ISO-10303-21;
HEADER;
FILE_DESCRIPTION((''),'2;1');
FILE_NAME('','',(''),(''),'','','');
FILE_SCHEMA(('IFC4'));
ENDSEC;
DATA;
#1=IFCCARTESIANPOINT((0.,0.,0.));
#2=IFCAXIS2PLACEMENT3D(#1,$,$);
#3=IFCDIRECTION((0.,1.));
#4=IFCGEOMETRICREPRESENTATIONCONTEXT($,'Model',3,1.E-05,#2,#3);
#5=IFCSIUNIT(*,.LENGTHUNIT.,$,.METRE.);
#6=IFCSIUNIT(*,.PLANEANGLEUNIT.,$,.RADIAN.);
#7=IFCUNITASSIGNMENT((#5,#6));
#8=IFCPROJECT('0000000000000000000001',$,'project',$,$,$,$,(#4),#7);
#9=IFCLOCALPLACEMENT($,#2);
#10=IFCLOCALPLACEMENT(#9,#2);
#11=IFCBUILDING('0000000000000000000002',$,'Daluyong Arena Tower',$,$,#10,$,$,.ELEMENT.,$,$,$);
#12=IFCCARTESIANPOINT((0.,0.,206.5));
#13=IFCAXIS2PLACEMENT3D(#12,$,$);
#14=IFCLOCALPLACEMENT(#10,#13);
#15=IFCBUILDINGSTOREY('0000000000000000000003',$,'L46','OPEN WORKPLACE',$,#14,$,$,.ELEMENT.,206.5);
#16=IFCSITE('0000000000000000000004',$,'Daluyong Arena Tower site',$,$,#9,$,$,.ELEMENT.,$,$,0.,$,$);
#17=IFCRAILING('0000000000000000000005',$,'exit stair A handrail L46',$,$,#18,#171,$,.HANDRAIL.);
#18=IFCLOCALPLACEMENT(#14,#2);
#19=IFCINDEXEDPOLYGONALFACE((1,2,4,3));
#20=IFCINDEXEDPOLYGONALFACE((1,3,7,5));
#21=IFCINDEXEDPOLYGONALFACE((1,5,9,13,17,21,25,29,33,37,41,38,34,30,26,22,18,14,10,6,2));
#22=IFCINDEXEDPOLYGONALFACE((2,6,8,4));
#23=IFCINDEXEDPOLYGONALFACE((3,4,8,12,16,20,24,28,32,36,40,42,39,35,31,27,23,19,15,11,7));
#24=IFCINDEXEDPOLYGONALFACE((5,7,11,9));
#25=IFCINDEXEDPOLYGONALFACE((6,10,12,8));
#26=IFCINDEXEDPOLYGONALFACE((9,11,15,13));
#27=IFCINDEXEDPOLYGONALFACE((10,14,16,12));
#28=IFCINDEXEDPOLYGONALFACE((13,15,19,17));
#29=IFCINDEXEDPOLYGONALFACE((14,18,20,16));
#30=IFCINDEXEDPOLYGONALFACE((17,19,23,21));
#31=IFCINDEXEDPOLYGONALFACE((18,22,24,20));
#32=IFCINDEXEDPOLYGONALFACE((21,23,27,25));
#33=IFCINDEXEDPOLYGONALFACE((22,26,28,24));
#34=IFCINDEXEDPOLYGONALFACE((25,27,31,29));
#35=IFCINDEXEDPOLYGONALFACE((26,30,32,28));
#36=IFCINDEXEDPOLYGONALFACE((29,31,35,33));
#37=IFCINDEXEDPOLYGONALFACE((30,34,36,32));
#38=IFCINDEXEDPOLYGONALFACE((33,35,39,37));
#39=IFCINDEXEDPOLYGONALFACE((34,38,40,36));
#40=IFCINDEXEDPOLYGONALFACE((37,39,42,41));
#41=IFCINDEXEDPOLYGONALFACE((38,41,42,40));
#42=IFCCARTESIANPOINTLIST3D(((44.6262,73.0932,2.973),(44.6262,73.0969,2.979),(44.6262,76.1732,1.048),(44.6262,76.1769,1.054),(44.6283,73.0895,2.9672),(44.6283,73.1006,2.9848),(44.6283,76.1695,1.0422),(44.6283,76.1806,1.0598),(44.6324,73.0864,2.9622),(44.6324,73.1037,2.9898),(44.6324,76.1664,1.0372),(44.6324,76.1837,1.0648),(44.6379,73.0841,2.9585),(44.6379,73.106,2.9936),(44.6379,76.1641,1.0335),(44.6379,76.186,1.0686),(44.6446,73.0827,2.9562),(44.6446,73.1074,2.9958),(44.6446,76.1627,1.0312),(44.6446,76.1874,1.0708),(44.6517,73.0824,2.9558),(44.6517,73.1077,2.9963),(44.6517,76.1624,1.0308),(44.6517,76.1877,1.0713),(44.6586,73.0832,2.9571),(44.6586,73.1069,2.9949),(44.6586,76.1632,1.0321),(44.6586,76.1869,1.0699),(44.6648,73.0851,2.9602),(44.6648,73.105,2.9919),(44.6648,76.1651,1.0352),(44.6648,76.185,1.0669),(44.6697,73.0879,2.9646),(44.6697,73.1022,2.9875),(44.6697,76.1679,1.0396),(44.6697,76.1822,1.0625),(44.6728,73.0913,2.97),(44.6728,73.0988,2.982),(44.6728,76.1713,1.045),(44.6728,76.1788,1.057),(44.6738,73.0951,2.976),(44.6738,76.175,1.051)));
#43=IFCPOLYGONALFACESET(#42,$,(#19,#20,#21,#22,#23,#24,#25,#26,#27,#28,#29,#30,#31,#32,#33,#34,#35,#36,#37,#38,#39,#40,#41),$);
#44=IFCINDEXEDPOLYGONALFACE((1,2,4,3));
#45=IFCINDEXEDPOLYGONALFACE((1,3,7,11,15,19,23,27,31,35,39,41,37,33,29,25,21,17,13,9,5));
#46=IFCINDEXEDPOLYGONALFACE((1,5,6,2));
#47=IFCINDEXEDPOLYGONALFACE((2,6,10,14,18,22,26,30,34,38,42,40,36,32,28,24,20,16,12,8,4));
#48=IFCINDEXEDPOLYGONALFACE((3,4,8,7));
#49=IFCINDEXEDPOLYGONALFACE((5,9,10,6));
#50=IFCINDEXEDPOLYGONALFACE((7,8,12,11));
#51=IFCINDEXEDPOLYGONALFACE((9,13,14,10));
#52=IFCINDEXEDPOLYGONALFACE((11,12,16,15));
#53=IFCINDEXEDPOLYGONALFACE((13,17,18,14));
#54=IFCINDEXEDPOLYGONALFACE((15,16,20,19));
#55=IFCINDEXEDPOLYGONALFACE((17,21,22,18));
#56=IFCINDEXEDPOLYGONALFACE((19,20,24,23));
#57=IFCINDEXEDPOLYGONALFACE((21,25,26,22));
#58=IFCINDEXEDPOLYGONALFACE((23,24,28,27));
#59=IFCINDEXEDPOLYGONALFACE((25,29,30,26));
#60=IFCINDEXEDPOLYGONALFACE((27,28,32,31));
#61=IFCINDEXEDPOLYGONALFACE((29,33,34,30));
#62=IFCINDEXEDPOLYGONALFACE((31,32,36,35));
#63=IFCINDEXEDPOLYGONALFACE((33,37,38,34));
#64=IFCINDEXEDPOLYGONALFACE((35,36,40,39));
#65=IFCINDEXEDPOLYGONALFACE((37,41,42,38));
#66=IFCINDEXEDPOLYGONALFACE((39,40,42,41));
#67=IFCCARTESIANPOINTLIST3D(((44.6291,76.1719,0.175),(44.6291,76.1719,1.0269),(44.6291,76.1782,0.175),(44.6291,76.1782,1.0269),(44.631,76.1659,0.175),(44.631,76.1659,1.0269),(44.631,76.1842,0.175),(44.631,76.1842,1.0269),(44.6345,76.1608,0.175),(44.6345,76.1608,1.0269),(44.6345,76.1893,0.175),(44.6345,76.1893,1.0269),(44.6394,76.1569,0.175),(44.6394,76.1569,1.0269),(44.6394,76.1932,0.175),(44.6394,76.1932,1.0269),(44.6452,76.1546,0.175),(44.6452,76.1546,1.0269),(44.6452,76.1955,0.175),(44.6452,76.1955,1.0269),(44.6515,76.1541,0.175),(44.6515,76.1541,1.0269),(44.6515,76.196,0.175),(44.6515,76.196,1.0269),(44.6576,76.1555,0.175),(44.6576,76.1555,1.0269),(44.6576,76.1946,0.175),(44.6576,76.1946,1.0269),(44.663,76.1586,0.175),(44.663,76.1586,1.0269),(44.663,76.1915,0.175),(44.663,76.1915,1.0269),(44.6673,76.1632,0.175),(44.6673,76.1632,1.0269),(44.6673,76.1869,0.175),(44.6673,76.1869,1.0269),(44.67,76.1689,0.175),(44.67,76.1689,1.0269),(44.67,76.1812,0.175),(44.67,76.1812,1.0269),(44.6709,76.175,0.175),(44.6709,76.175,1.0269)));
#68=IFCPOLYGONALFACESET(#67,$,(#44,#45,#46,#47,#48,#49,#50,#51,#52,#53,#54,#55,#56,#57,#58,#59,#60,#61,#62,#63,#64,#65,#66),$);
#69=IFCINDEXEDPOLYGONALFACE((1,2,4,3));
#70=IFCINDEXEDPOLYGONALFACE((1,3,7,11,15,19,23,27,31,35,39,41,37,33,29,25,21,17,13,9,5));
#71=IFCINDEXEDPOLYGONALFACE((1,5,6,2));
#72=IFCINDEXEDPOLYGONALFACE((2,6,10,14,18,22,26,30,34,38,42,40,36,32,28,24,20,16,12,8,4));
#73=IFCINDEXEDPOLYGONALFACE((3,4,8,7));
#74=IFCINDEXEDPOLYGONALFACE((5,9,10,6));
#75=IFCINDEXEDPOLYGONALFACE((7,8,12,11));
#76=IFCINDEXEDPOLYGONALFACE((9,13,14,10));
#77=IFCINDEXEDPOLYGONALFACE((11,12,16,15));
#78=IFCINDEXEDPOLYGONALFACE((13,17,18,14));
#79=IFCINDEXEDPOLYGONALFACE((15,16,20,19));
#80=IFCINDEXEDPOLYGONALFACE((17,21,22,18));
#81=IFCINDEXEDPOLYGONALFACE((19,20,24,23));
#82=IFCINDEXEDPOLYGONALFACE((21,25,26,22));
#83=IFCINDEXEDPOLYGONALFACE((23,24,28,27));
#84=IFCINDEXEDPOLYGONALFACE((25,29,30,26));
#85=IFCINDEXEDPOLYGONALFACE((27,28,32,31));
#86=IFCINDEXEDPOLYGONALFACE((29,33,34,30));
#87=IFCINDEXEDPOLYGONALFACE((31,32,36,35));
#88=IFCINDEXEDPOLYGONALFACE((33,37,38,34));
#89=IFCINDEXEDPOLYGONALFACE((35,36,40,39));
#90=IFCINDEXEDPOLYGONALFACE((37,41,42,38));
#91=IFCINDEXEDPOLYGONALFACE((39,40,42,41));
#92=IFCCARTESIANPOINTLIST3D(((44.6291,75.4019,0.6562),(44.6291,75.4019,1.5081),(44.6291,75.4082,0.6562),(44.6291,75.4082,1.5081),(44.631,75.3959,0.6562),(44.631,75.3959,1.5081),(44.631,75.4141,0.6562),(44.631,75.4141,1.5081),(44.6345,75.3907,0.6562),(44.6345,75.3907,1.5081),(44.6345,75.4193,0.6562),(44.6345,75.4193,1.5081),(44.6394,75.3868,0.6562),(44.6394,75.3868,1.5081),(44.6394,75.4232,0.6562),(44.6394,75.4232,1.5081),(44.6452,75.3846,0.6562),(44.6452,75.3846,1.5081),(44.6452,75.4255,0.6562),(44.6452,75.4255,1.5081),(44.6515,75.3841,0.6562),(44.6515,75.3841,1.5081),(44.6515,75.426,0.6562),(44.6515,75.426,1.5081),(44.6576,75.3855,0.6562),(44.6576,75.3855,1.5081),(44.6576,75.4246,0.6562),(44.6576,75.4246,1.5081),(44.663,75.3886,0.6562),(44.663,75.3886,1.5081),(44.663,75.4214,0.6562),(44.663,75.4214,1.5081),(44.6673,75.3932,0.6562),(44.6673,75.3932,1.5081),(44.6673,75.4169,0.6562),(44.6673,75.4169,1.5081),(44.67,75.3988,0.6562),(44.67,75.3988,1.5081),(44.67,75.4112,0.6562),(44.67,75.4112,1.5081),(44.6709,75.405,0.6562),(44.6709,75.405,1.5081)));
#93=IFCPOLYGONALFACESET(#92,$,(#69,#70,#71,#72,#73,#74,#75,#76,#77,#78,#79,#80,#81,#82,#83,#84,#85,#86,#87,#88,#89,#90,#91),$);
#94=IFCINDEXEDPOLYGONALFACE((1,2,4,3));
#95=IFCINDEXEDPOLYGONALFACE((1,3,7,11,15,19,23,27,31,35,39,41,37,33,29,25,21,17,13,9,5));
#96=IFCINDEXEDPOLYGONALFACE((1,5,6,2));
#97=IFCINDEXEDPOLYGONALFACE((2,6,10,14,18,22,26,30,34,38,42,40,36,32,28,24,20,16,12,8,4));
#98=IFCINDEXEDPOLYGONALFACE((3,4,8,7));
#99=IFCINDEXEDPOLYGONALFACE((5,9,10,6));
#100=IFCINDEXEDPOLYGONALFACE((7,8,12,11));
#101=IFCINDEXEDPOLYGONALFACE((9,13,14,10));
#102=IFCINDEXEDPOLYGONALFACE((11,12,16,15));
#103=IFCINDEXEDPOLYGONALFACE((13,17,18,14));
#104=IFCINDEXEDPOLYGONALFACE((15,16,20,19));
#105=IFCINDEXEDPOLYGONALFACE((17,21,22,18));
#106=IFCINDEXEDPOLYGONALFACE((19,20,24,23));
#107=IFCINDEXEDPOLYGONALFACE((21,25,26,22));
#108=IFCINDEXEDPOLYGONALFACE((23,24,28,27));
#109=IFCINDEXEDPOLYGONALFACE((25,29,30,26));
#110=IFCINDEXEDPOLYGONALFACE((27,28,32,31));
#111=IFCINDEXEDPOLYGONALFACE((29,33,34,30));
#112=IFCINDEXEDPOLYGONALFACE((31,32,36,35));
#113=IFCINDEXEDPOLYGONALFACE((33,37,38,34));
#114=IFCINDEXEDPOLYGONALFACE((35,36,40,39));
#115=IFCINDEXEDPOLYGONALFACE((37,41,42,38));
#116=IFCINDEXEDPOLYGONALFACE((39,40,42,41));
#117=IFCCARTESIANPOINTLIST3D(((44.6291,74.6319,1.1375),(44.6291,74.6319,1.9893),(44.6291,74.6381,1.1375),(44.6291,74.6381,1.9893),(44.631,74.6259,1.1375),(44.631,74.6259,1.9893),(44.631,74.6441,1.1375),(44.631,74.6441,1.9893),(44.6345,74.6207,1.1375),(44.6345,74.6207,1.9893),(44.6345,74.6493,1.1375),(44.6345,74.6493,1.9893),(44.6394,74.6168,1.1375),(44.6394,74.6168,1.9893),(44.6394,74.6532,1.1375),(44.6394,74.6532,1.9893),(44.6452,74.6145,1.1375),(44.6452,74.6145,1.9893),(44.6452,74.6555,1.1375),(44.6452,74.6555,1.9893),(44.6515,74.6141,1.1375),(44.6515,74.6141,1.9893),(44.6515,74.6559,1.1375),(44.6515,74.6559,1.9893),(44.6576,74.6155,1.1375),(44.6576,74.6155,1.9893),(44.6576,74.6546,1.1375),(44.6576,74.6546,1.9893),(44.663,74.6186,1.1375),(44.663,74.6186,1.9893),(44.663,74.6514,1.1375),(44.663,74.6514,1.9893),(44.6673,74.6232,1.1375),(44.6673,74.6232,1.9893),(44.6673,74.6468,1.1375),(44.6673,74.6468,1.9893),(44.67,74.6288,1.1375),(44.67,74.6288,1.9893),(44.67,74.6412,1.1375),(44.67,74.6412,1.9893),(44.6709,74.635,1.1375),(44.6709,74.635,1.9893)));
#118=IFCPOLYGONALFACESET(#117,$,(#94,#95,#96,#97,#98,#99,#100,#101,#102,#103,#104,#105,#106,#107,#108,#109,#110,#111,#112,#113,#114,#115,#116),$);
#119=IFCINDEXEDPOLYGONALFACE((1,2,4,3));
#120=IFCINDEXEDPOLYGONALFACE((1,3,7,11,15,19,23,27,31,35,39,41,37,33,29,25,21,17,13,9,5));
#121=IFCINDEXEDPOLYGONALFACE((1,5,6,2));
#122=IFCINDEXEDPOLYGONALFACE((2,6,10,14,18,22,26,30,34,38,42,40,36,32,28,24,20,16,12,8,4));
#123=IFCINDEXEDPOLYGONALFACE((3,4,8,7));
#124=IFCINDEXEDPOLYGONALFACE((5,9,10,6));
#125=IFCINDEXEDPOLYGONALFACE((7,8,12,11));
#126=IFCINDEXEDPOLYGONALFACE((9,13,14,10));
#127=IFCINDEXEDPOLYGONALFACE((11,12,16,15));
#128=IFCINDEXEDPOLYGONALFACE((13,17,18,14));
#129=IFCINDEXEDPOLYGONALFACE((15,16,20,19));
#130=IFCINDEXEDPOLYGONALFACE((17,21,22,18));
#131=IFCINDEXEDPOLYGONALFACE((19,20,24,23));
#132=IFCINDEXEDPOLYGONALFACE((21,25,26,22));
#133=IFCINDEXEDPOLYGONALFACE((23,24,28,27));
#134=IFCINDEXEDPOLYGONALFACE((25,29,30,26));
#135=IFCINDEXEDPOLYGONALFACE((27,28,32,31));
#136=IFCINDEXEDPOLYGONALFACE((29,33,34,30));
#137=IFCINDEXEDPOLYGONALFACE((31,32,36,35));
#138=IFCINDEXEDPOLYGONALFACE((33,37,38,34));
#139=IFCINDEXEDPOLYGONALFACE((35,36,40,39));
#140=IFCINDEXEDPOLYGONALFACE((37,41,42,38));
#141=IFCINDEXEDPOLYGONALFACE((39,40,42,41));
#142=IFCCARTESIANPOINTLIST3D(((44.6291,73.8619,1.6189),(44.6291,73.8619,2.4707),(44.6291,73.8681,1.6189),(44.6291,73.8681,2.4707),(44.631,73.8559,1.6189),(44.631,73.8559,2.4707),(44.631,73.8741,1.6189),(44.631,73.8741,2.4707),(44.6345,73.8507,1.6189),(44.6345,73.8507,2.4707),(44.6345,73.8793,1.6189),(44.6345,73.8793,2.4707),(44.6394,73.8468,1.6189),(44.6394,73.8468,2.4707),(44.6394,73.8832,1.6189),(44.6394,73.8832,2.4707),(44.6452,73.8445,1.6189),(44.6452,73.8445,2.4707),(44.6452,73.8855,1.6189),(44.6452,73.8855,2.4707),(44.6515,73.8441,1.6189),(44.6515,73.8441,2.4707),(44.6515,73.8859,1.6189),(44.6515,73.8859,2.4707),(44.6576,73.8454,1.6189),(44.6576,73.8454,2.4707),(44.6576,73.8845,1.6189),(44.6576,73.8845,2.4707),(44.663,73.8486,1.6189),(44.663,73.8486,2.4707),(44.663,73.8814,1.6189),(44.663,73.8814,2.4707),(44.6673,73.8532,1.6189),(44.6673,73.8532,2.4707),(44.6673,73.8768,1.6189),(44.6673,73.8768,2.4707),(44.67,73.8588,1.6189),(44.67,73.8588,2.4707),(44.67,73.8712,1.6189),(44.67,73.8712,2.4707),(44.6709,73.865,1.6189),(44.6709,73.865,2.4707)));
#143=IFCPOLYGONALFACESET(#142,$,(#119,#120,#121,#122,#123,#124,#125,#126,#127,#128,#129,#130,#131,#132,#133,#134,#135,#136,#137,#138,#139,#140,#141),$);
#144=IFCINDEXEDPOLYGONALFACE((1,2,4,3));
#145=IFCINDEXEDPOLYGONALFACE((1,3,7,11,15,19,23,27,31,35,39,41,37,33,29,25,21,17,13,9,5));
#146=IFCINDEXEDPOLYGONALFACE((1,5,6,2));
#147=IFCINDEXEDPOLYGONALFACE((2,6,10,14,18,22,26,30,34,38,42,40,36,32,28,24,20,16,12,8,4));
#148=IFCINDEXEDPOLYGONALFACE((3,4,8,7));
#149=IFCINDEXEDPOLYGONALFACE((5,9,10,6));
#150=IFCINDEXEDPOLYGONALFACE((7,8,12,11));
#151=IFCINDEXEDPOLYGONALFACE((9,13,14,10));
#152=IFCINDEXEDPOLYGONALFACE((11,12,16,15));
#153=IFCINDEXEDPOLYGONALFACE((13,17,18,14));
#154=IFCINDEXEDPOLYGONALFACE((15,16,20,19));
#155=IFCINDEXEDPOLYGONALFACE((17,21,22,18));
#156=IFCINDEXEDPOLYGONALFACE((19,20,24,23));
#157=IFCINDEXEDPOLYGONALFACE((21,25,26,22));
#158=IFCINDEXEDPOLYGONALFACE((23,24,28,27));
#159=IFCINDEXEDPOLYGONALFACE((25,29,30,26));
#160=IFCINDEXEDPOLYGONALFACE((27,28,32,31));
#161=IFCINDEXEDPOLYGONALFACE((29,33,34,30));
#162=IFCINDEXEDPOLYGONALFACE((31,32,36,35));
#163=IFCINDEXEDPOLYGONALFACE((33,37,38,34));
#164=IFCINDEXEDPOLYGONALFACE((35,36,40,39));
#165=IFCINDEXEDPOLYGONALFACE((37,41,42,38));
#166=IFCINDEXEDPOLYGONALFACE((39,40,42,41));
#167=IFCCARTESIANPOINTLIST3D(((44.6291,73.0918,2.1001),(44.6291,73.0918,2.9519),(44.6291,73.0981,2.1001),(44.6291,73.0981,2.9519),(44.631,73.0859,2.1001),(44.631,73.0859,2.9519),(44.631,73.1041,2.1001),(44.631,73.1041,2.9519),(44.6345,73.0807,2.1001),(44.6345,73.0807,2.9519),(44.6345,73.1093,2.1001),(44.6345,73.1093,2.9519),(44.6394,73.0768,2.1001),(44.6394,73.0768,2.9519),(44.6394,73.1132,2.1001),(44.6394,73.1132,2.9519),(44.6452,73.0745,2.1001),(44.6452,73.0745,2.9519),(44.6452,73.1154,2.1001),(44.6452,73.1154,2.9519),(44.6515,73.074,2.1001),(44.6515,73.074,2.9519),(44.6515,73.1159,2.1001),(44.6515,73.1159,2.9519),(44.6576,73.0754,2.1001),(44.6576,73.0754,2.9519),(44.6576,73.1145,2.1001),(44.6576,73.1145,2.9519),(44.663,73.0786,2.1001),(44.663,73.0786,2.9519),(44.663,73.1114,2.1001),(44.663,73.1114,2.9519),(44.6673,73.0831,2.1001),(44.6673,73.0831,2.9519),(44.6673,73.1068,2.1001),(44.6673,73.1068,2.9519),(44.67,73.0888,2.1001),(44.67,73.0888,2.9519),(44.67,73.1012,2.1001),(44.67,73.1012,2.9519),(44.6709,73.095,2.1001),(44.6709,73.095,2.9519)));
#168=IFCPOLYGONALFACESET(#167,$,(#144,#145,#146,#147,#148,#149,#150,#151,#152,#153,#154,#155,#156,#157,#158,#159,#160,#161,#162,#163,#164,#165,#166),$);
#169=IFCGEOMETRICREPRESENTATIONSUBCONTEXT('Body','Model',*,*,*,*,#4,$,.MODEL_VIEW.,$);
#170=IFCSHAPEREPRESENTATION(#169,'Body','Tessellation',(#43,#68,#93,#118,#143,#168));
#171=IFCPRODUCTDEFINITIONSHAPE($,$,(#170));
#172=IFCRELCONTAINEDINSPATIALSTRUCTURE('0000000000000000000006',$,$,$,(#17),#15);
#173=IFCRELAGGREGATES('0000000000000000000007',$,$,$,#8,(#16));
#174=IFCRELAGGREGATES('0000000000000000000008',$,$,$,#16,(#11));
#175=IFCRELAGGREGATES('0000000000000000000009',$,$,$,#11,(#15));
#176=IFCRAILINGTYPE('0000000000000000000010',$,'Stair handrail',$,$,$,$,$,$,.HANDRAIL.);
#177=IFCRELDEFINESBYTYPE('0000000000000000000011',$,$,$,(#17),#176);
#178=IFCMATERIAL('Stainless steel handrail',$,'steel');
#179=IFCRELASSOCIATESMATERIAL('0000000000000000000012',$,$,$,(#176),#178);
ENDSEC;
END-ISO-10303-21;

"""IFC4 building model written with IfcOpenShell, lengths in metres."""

from ifc_helpers import new_model, si_unit, direction, frame, origin, origin_2d, place, context, subcontext, project, spatial, circle, extrude, material, type_object, element, save


model = new_model("IFC4")

# Units and contexts
model_context = context("Model", 3, precision=1e-05, world=origin(), true_north=direction((0.0, 1.0)))
body_context = subcontext(model_context, "Body", "Model", "MODEL_VIEW")
ifc_project = project(units=[si_unit("LENGTHUNIT", "METRE"), si_unit("PLANEANGLEUNIT", "RADIAN")], contexts=[model_context])

# Site, building, storey
site_placement = place(None, origin())
site = spatial("IfcSite", under=ifc_project, at=site_placement, Name="Daluyong Arena Tower site", CompositionType="ELEMENT", RefElevation=0.0)
building_placement = place(site_placement, origin())
building = spatial("IfcBuilding", under=site, at=building_placement, Name="Daluyong Arena Tower", CompositionType="ELEMENT")
storey_placement = place(building_placement, frame((0.0, 0.0, 206.5)))
storey = spatial("IfcBuildingStorey", under=building, at=storey_placement, Name="L46", Description="OPEN WORKPLACE", CompositionType="ELEMENT", Elevation=206.5)

# Railing
ifc_material_1 = material(Name="Stainless steel handrail", Category="steel")
railing_type_1 = type_object("IfcRailingType", Name="Stair handrail", PredefinedType="HANDRAIL", material=ifc_material_1)
railing_1_placement = place(storey_placement, frame((44.6499, 76.175, 0.175)))
element("IfcRailing", 1, at=railing_1_placement, inside=storey, type_object=railing_type_1, Name="exit stair A handrail L46", PredefinedType="HANDRAIL", context=body_context, shape_type="SweptSolid", body=[
    extrude(circle(Radius=0.0239, at=origin_2d()), frame((0.0, 0.0, 0.876), z_axis=(0.0, -0.847998, 0.529999), x_axis=(1.0, 0.0, 0.0)), (0.0, 0.0, 1.0), 3.6321),
    extrude(circle(Radius=0.021, at=origin_2d()), origin(), (0.0, 0.0, 1.0), 0.8518),
    extrude(circle(Radius=0.021, at=origin_2d()), frame((0.0, -0.77, 0.4812)), (0.0, 0.0, 1.0), 0.8518),
    extrude(circle(Radius=0.021, at=origin_2d()), frame((0.0, -1.54, 0.9624)), (0.0, 0.0, 1.0), 0.8518),
    extrude(circle(Radius=0.021, at=origin_2d()), frame((0.0, -2.3101, 1.4438)), (0.0, 0.0, 1.0), 0.8518),
    extrude(circle(Radius=0.021, at=origin_2d()), frame((0.0, -3.0801, 1.925)), (0.0, 0.0, 1.0), 0.8518),
])

save(model, "model.ifc")
